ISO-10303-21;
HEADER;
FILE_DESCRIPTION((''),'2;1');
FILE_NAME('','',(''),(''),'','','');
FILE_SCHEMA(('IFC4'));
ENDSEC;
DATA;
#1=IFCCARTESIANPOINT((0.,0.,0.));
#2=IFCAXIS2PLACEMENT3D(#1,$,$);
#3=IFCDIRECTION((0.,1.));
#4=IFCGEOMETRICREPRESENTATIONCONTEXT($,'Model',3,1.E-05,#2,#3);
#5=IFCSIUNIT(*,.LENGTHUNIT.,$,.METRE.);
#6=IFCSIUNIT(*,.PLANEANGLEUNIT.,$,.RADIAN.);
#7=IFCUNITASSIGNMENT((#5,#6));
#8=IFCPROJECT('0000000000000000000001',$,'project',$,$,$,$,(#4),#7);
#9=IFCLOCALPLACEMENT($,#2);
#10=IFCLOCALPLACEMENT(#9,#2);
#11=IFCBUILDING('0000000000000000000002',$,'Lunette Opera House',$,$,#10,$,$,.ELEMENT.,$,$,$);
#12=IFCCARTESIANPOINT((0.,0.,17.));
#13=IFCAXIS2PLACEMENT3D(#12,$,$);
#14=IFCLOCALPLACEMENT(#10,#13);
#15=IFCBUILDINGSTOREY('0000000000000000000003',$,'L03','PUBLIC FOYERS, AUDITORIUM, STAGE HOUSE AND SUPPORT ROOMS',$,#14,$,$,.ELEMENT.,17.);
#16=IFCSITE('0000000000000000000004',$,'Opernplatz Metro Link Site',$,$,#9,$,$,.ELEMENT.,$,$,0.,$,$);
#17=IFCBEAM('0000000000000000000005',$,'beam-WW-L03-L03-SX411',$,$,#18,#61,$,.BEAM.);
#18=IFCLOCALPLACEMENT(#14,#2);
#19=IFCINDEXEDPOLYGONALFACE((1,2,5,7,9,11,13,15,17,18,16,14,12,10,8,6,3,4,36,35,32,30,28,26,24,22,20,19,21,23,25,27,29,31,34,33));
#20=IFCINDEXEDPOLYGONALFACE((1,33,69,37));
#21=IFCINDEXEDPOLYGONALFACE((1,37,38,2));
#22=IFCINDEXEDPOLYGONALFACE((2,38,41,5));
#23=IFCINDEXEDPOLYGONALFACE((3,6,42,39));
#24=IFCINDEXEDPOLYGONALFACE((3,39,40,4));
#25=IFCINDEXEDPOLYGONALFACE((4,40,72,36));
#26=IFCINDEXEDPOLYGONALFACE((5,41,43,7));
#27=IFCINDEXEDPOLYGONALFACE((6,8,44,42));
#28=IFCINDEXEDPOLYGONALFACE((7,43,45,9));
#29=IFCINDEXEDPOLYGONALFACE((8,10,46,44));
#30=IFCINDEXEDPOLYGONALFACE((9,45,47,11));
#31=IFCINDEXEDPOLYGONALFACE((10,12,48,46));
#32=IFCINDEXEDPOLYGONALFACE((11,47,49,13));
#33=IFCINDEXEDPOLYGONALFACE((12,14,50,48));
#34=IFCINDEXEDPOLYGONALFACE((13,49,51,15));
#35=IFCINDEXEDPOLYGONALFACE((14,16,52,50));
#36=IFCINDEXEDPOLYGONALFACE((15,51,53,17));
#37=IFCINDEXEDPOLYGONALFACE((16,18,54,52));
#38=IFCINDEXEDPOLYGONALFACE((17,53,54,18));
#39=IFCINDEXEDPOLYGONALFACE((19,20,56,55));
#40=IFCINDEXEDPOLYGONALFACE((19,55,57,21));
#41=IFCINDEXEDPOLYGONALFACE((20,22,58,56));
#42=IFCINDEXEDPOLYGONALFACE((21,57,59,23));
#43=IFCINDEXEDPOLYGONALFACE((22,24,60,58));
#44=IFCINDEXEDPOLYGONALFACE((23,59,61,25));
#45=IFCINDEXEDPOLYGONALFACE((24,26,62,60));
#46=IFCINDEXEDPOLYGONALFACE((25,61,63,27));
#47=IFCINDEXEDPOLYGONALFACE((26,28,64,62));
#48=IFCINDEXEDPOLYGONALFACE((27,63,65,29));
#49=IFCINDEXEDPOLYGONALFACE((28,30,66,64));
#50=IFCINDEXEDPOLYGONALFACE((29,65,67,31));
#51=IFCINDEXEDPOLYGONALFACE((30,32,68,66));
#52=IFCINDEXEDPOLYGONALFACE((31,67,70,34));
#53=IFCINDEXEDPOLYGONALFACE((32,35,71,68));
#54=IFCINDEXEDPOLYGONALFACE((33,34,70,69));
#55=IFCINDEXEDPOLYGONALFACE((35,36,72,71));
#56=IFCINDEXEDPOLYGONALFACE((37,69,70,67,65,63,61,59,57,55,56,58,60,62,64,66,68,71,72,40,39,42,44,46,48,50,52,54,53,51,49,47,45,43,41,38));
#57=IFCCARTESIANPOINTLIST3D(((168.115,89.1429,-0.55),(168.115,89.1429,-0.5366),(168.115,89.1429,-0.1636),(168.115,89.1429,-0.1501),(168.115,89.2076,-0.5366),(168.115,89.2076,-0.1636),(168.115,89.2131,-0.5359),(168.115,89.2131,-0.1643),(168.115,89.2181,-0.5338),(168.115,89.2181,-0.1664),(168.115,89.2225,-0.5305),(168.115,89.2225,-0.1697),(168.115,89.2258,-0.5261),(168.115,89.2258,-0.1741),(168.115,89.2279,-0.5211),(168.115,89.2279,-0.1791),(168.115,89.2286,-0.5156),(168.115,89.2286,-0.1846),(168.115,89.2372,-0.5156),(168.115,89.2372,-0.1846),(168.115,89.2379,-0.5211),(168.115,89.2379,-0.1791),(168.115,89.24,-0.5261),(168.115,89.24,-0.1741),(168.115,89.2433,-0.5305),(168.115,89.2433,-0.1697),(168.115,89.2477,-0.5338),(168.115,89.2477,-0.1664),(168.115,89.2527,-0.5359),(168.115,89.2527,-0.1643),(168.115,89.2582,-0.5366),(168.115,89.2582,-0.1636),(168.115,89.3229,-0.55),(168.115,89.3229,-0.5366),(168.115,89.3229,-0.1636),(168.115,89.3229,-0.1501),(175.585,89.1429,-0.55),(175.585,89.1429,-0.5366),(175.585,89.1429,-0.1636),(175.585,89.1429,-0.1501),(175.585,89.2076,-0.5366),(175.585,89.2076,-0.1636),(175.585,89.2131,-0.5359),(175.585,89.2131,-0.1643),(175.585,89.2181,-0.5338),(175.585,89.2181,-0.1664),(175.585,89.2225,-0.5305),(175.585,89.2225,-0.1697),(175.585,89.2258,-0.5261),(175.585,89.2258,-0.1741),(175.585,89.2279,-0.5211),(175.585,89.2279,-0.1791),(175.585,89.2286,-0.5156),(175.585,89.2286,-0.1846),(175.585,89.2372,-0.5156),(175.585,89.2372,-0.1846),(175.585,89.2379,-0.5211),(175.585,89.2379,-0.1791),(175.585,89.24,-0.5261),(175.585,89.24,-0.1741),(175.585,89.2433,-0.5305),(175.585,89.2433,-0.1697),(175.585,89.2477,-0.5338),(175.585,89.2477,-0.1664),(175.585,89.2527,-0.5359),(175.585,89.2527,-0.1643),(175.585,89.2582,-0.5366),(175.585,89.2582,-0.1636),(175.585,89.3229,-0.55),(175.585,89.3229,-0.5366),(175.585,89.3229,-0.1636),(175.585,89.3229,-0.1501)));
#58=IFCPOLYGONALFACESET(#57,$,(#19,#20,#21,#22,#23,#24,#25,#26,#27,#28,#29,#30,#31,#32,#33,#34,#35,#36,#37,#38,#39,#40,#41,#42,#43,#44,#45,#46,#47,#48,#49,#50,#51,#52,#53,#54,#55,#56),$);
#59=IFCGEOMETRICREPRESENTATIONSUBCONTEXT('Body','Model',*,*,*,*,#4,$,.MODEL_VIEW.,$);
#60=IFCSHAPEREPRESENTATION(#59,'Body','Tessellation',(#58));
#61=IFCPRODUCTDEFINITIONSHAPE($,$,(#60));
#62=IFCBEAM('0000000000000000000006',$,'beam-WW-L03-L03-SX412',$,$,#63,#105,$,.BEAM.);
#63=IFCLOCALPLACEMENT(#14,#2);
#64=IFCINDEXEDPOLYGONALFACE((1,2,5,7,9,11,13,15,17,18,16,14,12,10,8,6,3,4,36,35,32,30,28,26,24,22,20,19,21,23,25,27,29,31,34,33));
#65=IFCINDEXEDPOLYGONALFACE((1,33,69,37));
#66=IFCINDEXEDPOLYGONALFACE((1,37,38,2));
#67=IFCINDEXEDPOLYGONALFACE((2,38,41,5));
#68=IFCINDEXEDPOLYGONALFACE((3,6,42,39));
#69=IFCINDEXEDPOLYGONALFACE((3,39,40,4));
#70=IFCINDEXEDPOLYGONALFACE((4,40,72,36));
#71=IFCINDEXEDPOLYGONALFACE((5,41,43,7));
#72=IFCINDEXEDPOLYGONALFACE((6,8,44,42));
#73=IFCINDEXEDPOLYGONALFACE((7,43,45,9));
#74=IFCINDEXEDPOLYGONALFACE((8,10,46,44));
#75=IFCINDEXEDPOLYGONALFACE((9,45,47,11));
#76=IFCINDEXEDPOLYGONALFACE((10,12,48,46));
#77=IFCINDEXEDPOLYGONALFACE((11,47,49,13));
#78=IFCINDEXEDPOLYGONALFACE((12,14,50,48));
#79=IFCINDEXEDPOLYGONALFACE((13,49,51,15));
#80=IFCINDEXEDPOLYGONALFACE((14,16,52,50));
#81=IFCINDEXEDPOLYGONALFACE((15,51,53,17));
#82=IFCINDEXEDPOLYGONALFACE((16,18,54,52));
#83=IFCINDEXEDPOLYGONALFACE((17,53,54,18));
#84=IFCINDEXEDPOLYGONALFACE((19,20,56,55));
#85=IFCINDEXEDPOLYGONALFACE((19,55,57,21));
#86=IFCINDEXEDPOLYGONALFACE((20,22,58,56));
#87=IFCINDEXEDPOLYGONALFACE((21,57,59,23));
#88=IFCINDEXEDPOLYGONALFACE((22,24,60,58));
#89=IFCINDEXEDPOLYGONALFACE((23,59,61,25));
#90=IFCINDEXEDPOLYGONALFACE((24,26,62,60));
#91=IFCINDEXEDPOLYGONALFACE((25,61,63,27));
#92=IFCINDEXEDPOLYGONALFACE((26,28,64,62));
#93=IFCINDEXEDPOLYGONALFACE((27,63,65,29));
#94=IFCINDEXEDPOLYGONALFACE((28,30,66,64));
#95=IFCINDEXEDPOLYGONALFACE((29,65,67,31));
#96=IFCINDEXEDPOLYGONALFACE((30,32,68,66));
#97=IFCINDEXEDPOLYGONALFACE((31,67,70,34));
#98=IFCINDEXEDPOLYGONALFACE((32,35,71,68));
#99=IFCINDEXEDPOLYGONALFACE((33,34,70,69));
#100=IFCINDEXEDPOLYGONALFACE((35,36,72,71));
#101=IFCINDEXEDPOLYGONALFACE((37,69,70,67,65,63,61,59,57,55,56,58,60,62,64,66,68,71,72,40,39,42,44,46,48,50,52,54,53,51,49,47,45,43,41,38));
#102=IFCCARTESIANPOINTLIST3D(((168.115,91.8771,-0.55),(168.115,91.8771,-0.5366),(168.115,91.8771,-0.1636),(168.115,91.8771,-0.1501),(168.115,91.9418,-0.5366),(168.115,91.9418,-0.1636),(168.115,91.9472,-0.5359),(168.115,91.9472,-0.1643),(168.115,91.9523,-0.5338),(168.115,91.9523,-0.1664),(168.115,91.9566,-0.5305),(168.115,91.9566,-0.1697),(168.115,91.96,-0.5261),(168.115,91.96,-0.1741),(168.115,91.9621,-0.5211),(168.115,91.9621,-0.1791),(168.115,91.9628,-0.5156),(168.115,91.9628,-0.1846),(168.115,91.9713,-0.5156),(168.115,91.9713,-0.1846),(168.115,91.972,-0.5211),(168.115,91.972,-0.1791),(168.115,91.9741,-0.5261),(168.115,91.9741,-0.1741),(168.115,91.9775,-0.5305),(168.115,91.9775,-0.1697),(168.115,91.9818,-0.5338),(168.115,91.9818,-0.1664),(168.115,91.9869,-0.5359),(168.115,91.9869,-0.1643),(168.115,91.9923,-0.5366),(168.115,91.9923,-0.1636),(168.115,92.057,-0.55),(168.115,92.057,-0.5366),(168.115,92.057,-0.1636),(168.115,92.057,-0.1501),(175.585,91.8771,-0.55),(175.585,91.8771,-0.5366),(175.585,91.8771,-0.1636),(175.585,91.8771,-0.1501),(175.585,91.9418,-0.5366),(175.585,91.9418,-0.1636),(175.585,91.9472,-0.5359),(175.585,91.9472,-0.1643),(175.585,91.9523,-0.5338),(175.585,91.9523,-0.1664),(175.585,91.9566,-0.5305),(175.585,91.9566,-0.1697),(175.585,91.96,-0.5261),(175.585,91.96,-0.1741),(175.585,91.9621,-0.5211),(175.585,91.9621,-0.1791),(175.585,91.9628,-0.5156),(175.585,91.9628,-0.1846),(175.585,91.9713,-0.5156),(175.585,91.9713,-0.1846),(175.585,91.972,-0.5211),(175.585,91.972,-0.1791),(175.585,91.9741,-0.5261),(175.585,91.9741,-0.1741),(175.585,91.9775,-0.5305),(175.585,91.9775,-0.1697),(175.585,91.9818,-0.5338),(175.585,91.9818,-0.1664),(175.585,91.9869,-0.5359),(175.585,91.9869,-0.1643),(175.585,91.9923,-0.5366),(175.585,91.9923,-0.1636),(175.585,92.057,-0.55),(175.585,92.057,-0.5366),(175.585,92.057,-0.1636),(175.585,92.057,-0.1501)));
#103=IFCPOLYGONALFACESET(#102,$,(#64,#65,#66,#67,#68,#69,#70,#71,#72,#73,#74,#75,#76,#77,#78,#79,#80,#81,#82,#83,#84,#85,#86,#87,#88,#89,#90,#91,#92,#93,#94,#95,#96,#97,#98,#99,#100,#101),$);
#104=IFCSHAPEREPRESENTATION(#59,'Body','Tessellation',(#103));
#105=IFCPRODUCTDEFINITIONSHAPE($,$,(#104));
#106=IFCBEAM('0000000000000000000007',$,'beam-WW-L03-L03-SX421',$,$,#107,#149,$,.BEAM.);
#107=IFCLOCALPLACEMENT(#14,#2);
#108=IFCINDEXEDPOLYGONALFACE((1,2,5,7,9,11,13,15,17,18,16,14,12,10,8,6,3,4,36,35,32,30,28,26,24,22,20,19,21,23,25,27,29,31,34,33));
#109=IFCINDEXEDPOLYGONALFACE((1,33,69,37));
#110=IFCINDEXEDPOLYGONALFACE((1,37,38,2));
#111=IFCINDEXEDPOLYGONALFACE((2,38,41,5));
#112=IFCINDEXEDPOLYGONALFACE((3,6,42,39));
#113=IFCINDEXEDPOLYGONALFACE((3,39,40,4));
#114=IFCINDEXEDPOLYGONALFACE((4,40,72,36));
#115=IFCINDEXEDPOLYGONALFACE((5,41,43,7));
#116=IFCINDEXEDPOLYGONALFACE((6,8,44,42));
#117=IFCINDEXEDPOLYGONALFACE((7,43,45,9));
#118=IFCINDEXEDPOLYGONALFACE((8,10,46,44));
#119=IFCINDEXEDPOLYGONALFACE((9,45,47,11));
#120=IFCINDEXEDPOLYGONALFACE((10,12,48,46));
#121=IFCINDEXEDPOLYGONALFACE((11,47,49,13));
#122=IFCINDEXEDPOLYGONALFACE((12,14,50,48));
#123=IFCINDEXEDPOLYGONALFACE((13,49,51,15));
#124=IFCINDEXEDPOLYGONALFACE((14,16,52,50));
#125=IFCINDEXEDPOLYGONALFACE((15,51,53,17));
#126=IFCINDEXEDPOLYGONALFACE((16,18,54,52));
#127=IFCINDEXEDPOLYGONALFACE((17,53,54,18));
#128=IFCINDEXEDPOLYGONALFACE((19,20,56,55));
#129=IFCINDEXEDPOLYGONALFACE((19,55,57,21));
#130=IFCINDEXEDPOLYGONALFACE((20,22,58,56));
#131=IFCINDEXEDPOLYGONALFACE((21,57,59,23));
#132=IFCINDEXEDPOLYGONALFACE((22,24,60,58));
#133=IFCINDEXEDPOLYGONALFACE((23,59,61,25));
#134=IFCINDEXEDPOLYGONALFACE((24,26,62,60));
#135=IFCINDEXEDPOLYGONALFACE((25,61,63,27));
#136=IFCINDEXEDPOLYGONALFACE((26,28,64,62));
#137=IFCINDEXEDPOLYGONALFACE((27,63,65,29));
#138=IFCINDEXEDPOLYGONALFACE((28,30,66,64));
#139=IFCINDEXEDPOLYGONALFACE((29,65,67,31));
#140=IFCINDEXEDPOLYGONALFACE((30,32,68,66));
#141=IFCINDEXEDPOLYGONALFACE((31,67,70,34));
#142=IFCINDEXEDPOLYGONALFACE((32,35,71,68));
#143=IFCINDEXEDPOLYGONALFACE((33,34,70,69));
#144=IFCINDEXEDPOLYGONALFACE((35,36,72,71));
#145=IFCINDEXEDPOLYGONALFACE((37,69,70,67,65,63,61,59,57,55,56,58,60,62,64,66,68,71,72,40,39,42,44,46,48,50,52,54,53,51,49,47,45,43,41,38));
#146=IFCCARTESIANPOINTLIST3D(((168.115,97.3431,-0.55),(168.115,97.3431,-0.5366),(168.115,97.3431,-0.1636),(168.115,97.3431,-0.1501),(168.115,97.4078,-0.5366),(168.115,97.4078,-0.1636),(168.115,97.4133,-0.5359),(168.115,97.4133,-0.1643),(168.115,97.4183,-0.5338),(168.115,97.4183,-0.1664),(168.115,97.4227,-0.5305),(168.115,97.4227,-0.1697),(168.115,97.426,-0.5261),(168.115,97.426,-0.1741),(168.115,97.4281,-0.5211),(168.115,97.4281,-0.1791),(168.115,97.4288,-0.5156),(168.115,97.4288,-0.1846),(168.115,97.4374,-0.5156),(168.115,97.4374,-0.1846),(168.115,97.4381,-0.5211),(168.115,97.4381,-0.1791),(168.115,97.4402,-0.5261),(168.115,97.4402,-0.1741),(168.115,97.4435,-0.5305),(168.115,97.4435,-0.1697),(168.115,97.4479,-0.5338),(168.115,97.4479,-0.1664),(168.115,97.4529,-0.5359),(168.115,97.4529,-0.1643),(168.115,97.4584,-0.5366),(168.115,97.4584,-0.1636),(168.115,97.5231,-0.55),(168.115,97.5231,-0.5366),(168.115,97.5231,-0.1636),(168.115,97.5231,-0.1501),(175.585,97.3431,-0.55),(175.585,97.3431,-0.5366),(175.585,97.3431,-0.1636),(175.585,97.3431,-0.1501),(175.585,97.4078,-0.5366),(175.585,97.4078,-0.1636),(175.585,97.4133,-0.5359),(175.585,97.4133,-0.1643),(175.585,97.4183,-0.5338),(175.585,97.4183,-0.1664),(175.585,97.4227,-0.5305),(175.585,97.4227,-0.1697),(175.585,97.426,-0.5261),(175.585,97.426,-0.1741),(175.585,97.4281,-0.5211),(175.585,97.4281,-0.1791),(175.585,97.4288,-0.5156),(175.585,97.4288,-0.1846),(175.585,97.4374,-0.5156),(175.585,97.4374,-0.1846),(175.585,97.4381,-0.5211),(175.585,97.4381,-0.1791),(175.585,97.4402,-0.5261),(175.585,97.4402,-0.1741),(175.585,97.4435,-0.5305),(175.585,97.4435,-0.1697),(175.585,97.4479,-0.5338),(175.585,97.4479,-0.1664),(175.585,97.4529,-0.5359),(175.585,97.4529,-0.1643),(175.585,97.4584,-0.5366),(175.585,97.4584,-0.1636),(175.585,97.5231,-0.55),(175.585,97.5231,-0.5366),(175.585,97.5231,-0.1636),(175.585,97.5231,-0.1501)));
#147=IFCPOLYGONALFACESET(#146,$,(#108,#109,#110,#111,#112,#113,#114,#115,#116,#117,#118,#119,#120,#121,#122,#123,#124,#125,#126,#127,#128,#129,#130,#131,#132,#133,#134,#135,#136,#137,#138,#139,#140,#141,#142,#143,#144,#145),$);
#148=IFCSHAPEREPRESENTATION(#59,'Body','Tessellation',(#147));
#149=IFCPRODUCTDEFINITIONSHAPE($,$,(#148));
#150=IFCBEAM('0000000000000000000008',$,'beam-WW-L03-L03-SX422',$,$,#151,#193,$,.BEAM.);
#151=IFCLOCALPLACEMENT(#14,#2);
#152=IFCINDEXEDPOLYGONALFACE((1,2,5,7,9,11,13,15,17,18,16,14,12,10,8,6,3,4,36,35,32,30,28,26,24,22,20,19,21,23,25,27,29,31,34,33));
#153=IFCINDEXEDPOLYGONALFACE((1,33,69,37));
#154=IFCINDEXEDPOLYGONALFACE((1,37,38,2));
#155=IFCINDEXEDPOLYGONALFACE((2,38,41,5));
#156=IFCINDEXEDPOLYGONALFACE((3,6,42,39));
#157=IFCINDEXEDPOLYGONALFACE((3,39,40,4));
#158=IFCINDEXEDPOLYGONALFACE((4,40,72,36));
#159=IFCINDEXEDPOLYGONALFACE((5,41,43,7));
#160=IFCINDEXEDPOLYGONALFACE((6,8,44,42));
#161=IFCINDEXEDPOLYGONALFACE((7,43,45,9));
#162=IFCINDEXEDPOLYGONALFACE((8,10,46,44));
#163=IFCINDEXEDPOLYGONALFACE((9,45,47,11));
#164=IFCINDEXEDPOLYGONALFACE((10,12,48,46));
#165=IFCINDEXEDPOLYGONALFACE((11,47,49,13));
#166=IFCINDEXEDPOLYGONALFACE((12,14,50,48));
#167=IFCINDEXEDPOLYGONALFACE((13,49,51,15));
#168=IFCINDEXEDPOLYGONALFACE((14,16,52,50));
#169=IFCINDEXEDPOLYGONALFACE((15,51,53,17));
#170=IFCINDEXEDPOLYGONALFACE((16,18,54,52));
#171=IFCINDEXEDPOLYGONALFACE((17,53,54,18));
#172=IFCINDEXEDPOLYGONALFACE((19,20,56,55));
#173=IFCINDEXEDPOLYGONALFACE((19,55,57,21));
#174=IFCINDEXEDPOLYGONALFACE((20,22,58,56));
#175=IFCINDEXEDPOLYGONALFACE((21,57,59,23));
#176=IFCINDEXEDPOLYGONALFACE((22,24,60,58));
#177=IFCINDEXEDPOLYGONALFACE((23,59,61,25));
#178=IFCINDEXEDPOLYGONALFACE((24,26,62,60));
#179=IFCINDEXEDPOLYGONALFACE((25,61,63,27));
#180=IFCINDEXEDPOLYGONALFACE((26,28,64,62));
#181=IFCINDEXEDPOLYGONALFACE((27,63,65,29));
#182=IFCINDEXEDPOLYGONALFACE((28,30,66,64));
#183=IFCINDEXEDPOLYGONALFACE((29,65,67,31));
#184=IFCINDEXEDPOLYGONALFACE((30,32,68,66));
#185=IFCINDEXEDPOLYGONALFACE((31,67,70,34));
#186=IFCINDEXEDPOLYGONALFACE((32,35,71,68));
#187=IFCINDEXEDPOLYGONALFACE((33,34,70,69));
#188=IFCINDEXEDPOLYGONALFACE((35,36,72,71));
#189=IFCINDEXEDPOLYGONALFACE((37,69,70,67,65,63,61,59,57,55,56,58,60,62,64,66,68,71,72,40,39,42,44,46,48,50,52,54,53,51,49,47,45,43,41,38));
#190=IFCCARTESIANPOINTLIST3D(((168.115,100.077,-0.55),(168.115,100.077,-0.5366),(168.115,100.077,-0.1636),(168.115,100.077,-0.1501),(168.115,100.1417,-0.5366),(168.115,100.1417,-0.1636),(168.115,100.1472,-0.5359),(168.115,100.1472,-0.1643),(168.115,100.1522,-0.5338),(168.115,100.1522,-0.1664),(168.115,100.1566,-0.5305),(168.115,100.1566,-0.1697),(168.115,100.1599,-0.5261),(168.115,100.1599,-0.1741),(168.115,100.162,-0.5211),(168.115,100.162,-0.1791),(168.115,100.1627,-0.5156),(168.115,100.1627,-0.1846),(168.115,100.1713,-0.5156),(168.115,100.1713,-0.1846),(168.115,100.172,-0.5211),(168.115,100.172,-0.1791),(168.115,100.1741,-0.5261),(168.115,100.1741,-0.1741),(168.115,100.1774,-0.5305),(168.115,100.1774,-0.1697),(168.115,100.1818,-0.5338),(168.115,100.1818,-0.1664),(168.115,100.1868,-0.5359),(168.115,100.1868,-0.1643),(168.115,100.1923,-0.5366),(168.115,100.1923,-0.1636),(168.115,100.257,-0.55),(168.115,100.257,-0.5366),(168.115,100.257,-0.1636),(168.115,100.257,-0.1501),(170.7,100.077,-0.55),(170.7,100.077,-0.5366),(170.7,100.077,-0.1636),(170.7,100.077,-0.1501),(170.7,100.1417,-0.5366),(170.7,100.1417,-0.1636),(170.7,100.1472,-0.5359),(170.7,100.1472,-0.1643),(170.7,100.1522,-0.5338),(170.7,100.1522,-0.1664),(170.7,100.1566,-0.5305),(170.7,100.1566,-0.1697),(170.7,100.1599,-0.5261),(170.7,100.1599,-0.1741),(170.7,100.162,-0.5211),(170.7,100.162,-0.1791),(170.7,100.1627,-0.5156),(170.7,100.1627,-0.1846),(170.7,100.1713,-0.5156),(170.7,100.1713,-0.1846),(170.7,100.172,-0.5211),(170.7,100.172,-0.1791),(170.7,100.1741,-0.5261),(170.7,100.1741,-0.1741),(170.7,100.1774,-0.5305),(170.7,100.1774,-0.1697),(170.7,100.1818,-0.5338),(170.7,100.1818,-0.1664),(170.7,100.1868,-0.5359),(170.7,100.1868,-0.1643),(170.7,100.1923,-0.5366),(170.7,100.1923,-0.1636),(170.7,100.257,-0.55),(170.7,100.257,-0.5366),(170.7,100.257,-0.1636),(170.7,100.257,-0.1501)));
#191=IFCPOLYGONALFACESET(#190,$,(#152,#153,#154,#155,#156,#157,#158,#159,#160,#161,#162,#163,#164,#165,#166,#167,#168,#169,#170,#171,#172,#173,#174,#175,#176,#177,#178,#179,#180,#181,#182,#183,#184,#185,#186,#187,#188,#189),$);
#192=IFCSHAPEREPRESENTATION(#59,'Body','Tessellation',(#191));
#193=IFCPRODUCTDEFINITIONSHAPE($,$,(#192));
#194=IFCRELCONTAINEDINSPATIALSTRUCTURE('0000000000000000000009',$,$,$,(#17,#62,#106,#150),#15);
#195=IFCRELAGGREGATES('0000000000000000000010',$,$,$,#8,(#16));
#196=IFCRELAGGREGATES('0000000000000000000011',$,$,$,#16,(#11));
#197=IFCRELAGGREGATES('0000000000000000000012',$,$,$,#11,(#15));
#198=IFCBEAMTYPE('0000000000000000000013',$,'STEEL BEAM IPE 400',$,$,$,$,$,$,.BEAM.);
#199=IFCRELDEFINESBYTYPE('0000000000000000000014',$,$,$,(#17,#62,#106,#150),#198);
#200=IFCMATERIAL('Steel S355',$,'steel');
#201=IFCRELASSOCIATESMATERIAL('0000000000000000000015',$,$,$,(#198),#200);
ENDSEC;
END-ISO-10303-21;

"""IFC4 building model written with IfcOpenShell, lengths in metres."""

from ifc_helpers import new_model, si_unit, direction, frame, origin, origin_2d, place, context, subcontext, project, spatial, i_section, extrude, material, material_profile, profile_set, type_object, element, save


model = new_model("IFC4")

# Units and contexts
model_context = context("Model", 3, precision=1e-05, world=origin(), true_north=direction((0.0, 1.0)))
body_context = subcontext(model_context, "Body", "Model", "MODEL_VIEW")
ifc_project = project(units=[si_unit("LENGTHUNIT", "METRE"), si_unit("PLANEANGLEUNIT", "RADIAN")], contexts=[model_context])

# Site, building, storey
site_placement = place(None, origin())
site = spatial("IfcSite", under=ifc_project, at=site_placement, Name="Opernplatz Metro Link Site", CompositionType="ELEMENT", RefElevation=0.0)
building_placement = place(site_placement, origin())
building = spatial("IfcBuilding", under=site, at=building_placement, Name="Lunette Opera House", CompositionType="ELEMENT")
storey_placement = place(building_placement, frame((0.0, 0.0, 17.0)))
storey = spatial("IfcBuildingStorey", under=building, at=storey_placement, Name="L03", Description="PUBLIC FOYERS, AUDITORIUM, STAGE HOUSE AND SUPPORT ROOMS", CompositionType="ELEMENT", Elevation=17.0)

# Beams
ifc_material_1 = material(Name="Steel S355", Category="steel")
ifc_material_profile_1 = material_profile(ifc_material_1, i_section(OverallWidth=0.1799, OverallDepth=0.3999, WebThickness=0.0085, FlangeThickness=0.0134, FilletRadius=0.021, at=origin_2d()), Name="IPE 400")
ifc_profile_set_1 = profile_set([ifc_material_profile_1], Name="Steel S355")
beam_type_1 = type_object("IfcBeamType", Name="STEEL BEAM IPE 400", PredefinedType="BEAM", material=ifc_profile_set_1)
for number, where, z_axis, x_axis, name in (
    (1, (168.115, 89.2329, -0.3501), (1.0, 0.0, 0.0), (0.0, 1.0, 0.0), "beam-WW-L03-L03-SX411"),
    (2, (168.115, 91.967, -0.3501), (1.0, 0.0, 0.0), (0.0, 1.0, 0.0), "beam-WW-L03-L03-SX412"),
    (3, (168.115, 97.4331, -0.3501), (1.0, 0.0, 0.0), (0.0, 1.0, 0.0), "beam-WW-L03-L03-SX421"),
):
    element("IfcBeam", number, at=place(storey_placement, frame(where, z_axis=z_axis, x_axis=x_axis)), inside=storey, type_object=beam_type_1, Name=name, PredefinedType="BEAM", context=body_context, shape_type="SweptSolid", body=[
        extrude(i_section(OverallWidth=0.1799, OverallDepth=0.3999, WebThickness=0.0085, FlangeThickness=0.0134, FilletRadius=0.021, at=origin_2d()), origin(), (0.0, 0.0, 1.0), 7.47),
    ])
beam_1_placement = place(storey_placement, frame((168.115, 100.167, -0.3501), z_axis=(1.0, 0.0, 0.0), x_axis=(0.0, 1.0, 0.0)))
element("IfcBeam", 4, at=beam_1_placement, inside=storey, type_object=beam_type_1, Name="beam-WW-L03-L03-SX422", PredefinedType="BEAM", context=body_context, shape_type="SweptSolid", body=[
    extrude(i_section(OverallWidth=0.1799, OverallDepth=0.3999, WebThickness=0.0085, FlangeThickness=0.0134, FilletRadius=0.021, at=origin_2d()), origin(), (0.0, 0.0, 1.0), 2.585),
])

save(model, "model.ifc")
